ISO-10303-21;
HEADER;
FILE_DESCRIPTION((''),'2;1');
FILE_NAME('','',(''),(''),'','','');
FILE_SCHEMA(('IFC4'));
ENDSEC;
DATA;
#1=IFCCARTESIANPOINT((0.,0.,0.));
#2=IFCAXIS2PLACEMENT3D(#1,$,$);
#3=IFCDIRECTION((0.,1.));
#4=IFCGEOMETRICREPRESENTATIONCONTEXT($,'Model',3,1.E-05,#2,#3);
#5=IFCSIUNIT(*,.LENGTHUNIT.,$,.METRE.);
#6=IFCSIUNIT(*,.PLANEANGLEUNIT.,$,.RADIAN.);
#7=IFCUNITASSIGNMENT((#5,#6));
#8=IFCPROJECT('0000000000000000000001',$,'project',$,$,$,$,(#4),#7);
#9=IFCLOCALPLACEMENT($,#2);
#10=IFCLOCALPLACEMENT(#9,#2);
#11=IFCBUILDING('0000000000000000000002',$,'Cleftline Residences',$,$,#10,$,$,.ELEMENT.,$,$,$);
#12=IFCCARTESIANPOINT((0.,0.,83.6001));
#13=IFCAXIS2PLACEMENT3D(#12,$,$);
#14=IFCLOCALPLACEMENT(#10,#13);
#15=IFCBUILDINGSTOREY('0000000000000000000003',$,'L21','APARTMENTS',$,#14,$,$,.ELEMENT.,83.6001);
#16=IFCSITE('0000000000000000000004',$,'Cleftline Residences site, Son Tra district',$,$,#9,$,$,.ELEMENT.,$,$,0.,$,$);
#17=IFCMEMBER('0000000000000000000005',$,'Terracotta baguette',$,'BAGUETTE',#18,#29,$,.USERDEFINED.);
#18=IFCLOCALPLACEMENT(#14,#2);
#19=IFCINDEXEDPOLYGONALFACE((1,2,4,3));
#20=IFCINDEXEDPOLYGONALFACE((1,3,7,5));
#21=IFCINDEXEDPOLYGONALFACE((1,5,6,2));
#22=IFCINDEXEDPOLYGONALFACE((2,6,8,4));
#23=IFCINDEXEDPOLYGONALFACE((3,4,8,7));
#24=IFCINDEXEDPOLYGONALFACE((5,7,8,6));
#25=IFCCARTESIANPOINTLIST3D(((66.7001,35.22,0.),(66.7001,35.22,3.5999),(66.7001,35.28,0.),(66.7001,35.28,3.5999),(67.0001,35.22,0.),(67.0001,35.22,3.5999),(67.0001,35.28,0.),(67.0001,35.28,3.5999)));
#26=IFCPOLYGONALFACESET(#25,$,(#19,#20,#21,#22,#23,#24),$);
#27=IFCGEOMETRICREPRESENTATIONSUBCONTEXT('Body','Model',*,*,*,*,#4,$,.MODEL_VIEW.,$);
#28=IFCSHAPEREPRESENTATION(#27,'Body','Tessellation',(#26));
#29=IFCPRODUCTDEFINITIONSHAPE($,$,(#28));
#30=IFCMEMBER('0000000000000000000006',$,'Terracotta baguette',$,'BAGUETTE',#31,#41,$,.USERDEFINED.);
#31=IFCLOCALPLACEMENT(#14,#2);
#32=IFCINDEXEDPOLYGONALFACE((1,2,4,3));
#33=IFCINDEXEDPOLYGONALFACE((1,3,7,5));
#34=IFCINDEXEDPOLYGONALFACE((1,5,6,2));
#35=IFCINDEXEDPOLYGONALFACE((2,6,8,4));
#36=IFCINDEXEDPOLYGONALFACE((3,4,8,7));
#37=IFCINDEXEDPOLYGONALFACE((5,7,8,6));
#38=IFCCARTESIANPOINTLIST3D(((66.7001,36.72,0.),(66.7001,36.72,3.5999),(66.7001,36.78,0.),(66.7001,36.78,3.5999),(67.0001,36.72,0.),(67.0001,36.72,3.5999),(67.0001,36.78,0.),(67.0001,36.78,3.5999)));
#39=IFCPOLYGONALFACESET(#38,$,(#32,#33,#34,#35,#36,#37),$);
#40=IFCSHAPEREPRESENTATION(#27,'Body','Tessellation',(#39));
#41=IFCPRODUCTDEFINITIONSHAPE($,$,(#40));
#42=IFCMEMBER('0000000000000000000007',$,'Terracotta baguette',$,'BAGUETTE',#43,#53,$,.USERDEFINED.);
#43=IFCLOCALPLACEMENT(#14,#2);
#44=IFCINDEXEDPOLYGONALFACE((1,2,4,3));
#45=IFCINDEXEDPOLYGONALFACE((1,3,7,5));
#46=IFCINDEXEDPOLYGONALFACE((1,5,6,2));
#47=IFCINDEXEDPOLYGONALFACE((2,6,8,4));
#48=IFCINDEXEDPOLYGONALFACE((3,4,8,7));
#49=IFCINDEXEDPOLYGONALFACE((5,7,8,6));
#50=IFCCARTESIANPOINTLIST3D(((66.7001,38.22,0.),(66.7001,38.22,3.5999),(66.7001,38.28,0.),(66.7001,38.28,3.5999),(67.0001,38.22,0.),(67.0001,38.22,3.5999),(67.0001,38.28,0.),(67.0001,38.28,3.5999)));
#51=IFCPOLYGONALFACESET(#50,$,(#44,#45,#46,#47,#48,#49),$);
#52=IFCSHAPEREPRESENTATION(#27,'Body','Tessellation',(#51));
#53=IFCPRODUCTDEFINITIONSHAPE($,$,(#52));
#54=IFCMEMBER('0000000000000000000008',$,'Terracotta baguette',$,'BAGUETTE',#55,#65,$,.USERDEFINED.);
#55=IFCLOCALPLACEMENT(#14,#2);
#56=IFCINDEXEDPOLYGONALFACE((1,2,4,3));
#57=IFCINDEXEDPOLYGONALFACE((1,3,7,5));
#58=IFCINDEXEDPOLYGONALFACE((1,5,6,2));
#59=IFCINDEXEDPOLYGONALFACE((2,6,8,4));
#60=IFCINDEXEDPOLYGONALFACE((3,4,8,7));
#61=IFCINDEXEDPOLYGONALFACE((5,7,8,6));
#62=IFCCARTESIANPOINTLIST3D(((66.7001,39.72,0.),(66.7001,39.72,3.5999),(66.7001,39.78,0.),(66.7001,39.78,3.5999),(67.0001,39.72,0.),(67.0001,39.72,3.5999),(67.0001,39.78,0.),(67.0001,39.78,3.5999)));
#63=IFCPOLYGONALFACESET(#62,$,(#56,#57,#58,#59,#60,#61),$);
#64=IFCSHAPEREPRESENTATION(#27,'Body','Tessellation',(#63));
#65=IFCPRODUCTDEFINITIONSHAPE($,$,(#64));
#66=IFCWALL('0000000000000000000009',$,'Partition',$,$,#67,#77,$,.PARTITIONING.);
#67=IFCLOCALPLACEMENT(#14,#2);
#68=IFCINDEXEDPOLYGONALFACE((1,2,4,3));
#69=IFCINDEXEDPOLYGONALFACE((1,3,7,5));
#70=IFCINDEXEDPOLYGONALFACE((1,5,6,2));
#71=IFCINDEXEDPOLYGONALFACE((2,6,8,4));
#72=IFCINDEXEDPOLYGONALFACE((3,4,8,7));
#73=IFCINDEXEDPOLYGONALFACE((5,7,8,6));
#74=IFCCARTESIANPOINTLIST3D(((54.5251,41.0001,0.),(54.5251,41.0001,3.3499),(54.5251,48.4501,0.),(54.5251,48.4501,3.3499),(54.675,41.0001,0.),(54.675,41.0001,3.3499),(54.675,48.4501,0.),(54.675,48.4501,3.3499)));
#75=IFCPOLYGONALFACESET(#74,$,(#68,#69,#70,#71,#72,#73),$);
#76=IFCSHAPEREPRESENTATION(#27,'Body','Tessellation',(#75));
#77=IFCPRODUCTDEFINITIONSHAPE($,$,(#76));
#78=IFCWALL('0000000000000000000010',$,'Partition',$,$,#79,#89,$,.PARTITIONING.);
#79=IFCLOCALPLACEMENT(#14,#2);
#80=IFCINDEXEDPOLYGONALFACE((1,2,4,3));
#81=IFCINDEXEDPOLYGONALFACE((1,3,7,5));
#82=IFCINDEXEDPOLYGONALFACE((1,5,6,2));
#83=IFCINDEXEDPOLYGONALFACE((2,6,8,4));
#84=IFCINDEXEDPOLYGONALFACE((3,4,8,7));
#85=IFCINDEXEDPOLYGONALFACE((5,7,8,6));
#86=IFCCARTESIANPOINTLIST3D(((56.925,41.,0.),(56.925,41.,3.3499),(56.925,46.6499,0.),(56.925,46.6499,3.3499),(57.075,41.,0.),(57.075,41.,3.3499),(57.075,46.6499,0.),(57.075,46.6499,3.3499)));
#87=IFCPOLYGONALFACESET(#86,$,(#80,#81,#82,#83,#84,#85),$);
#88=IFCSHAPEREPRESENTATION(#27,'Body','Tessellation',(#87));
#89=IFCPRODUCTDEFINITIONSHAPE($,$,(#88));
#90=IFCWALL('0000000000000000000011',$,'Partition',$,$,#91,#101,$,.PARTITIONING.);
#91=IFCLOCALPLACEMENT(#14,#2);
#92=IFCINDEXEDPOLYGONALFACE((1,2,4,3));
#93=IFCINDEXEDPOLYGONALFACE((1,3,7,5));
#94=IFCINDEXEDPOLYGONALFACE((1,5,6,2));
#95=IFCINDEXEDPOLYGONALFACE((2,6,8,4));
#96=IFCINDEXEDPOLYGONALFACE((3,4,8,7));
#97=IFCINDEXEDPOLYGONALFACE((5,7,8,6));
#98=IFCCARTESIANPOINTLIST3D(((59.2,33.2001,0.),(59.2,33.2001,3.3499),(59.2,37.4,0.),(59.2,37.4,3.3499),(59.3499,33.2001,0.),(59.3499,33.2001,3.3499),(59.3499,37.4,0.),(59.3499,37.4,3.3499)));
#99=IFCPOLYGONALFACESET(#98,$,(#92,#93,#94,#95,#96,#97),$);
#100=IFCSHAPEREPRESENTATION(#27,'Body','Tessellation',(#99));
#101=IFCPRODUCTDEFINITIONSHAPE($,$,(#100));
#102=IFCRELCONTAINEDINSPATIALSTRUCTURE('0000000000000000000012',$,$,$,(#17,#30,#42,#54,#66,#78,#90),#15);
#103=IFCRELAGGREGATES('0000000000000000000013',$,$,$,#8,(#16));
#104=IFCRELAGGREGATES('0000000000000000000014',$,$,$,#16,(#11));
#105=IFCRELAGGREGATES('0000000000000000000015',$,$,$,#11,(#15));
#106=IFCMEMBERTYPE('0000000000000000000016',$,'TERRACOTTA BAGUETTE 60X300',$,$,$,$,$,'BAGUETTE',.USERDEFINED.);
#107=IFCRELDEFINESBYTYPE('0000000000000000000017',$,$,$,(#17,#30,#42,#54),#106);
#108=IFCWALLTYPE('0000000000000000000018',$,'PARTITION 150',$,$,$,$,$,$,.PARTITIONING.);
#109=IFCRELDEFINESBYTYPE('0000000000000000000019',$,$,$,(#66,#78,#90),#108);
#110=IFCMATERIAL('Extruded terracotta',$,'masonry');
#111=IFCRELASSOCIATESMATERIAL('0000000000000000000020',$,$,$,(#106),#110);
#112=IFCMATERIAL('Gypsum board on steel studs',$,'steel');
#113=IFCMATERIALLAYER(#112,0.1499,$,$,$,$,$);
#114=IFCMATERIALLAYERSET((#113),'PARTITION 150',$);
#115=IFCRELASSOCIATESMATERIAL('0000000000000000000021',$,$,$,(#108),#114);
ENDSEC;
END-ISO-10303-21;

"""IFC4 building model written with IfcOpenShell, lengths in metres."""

from ifc_helpers import new_model, si_unit, direction, frame, frame_2d, origin, origin_2d, place, context, subcontext, project, spatial, rectangle, extrude, material, layer, layer_set, material_profile, profile_set, type_object, element, save


model = new_model("IFC4")

# Units and contexts
model_context = context("Model", 3, precision=1e-05, world=origin(), true_north=direction((0.0, 1.0)))
body_context = subcontext(model_context, "Body", "Model", "MODEL_VIEW")
ifc_project = project(units=[si_unit("LENGTHUNIT", "METRE"), si_unit("PLANEANGLEUNIT", "RADIAN")], contexts=[model_context])

# Site, building, storey
site_placement = place(None, origin())
site = spatial("IfcSite", under=ifc_project, at=site_placement, Name="Cleftline Residences site, Son Tra district", CompositionType="ELEMENT", RefElevation=0.0)
building_placement = place(site_placement, origin())
building = spatial("IfcBuilding", under=site, at=building_placement, Name="Cleftline Residences", CompositionType="ELEMENT")
storey_placement = place(building_placement, frame((0.0, 0.0, 83.6001)))
storey = spatial("IfcBuildingStorey", under=building, at=storey_placement, Name="L21", Description="APARTMENTS", CompositionType="ELEMENT", Elevation=83.6001)

# Members
ifc_material_1 = material(Name="Extruded terracotta", Category="masonry")
ifc_material_profile_1 = material_profile(ifc_material_1, rectangle(XDim=0.0601, YDim=0.3, at=origin_2d()))
ifc_profile_set_1 = profile_set([ifc_material_profile_1], Name="Extruded terracotta")
member_type_1 = type_object("IfcMemberType", Name="TERRACOTTA BAGUETTE 60X300", ElementType="BAGUETTE", PredefinedType="USERDEFINED", material=ifc_profile_set_1)
for number, where, z_axis, x_axis, name in (
    (1, (66.8501, 35.25, 0.0), (0.0, 0.0, 1.0), (0.0, 1.0, 0.0), "Terracotta baguette"),
    (2, (66.8501, 36.75, 0.0), (0.0, 0.0, 1.0), (0.0, 1.0, 0.0), "Terracotta baguette"),
    (3, (66.8501, 38.25, 0.0), (0.0, 0.0, 1.0), (0.0, 1.0, 0.0), "Terracotta baguette"),
    (4, (66.8501, 39.75, 0.0), (0.0, 0.0, 1.0), (0.0, 1.0, 0.0), "Terracotta baguette"),
):
    element("IfcMember", number, at=place(storey_placement, frame(where, z_axis=z_axis, x_axis=x_axis)), inside=storey, type_object=member_type_1, Name=name, ObjectType="BAGUETTE", PredefinedType="USERDEFINED", context=body_context, shape_type="SweptSolid", body=[
        extrude(rectangle(XDim=0.0601, YDim=0.3, at=origin_2d()), origin(), (0.0, 0.0, 1.0), 3.5999),
    ])

# Walls
ifc_material_2 = material(Name="Gypsum board on steel studs", Category="steel")
ifc_layer = layer(ifc_material_2, 0.1499)
ifc_layer_set = layer_set([ifc_layer], Name="PARTITION 150")
wall_type = type_object("IfcWallType", Name="PARTITION 150", PredefinedType="PARTITIONING", material=ifc_layer_set)
wall_1_placement = place(storey_placement, frame((54.6001, 41.0, 0.0), z_axis=(0.0, 0.0, 1.0), x_axis=(0.0, 1.0, 0.0)))
element("IfcWall", 5, at=wall_1_placement, inside=storey, type_object=wall_type, Name="Partition", PredefinedType="PARTITIONING", context=body_context, shape_type="SweptSolid", body=[
    extrude(rectangle(XDim=7.45, YDim=0.1499, at=frame_2d((3.7251, 0.0))), origin(), (0.0, 0.0, 1.0), 3.3499),
])
wall_2_placement = place(storey_placement, frame((57.0, 41.0, 0.0), z_axis=(0.0, 0.0, 1.0), x_axis=(0.0, 1.0, 0.0)))
element("IfcWall", 6, at=wall_2_placement, inside=storey, type_object=wall_type, Name="Partition", PredefinedType="PARTITIONING", context=body_context, shape_type="SweptSolid", body=[
    extrude(rectangle(XDim=5.6499, YDim=0.1499, at=frame_2d((2.825, 0.0))), origin(), (0.0, 0.0, 1.0), 3.3499),
])
wall_3_placement = place(storey_placement, frame((59.2749, 33.2, 0.0), z_axis=(0.0, 0.0, 1.0), x_axis=(0.0, 1.0, 0.0)))
element("IfcWall", 7, at=wall_3_placement, inside=storey, type_object=wall_type, Name="Partition", PredefinedType="PARTITIONING", context=body_context, shape_type="SweptSolid", body=[
    extrude(rectangle(XDim=4.2, YDim=0.1499, at=frame_2d((2.1001, 0.0))), origin(), (0.0, 0.0, 1.0), 3.3499),
])

save(model, "model.ifc")
